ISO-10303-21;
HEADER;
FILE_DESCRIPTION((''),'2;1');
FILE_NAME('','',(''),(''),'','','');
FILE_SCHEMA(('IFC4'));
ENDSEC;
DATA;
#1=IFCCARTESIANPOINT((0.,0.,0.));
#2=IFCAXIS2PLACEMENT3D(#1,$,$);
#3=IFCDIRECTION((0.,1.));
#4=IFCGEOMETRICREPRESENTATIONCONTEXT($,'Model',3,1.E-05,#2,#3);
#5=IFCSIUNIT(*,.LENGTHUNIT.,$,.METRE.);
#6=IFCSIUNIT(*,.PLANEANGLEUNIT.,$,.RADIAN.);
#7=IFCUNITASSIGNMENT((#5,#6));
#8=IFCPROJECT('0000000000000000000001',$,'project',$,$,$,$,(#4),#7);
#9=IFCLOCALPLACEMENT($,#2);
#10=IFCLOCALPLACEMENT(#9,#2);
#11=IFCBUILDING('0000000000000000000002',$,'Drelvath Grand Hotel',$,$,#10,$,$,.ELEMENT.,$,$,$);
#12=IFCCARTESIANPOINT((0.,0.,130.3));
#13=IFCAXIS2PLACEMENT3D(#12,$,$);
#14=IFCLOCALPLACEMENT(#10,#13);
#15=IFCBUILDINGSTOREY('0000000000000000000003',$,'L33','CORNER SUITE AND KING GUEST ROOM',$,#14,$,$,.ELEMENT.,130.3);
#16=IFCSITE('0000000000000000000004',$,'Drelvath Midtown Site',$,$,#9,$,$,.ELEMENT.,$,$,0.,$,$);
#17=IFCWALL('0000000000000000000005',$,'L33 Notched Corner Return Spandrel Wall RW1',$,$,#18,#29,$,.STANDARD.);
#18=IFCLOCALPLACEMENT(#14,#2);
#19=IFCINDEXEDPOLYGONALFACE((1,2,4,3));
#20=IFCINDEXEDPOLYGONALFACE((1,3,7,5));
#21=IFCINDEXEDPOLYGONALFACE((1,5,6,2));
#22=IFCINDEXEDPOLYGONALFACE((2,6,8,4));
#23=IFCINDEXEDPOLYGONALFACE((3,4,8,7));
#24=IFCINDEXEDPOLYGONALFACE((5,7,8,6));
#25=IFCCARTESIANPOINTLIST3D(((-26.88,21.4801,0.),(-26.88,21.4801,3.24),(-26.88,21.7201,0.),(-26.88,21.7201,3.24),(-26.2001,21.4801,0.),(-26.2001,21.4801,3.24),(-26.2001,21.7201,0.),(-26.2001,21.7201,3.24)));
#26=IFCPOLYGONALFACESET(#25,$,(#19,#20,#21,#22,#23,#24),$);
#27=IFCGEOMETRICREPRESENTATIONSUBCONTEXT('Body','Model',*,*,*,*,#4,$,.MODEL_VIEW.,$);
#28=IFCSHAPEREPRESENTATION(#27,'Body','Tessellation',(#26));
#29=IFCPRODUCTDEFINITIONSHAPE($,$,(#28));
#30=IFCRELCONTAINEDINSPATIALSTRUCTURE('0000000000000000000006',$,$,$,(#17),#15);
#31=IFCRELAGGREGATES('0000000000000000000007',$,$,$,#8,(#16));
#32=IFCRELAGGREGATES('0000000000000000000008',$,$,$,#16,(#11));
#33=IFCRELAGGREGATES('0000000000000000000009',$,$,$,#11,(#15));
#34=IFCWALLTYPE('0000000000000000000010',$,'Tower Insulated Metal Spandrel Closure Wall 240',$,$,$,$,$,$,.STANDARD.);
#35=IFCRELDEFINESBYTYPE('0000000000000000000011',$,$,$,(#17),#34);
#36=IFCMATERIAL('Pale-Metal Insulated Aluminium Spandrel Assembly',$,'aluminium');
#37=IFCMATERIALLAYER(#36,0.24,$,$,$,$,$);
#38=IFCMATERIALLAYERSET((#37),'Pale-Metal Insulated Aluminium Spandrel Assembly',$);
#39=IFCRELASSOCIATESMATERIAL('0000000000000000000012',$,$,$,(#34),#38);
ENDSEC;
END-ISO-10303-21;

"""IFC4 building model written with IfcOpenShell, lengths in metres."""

from ifc_helpers import new_model, si_unit, direction, frame, frame_2d, origin, place, context, subcontext, project, spatial, rectangle, extrude, material, layer, layer_set, type_object, element, save


model = new_model("IFC4")

# Units and contexts
model_context = context("Model", 3, precision=1e-05, world=origin(), true_north=direction((0.0, 1.0)))
body_context = subcontext(model_context, "Body", "Model", "MODEL_VIEW")
ifc_project = project(units=[si_unit("LENGTHUNIT", "METRE"), si_unit("PLANEANGLEUNIT", "RADIAN")], contexts=[model_context])

# Site, building, storey
site_placement = place(None, origin())
site = spatial("IfcSite", under=ifc_project, at=site_placement, Name="Drelvath Midtown Site", CompositionType="ELEMENT", RefElevation=0.0)
building_placement = place(site_placement, origin())
building = spatial("IfcBuilding", under=site, at=building_placement, Name="Drelvath Grand Hotel", CompositionType="ELEMENT")
storey_placement = place(building_placement, frame((0.0, 0.0, 130.3)))
storey = spatial("IfcBuildingStorey", under=building, at=storey_placement, Name="L33", Description="CORNER SUITE AND KING GUEST ROOM", CompositionType="ELEMENT", Elevation=130.3)

# Wall
ifc_material_1 = material(Name="Pale-Metal Insulated Aluminium Spandrel Assembly", Category="aluminium")
ifc_layer_1 = layer(ifc_material_1, 0.24)
ifc_layer_set_1 = layer_set([ifc_layer_1], Name="Pale-Metal Insulated Aluminium Spandrel Assembly")
wall_type_1 = type_object("IfcWallType", Name="Tower Insulated Metal Spandrel Closure Wall 240", PredefinedType="STANDARD", material=ifc_layer_set_1)
wall_1_placement = place(storey_placement, frame((-26.8799, 21.6001, 0.0), z_axis=(0.0, 0.0, 1.0), x_axis=(1.0, 0.0, 0.0)))
element("IfcWall", 1, at=wall_1_placement, inside=storey, type_object=wall_type_1, Name="L33 Notched Corner Return Spandrel Wall RW1", PredefinedType="STANDARD", context=body_context, shape_type="SweptSolid", body=[
    extrude(rectangle(XDim=0.6799, YDim=0.24, at=frame_2d((0.3398, 0.0))), origin(), (0.0, 0.0, 1.0), 3.24),
])

save(model, "model.ifc")
